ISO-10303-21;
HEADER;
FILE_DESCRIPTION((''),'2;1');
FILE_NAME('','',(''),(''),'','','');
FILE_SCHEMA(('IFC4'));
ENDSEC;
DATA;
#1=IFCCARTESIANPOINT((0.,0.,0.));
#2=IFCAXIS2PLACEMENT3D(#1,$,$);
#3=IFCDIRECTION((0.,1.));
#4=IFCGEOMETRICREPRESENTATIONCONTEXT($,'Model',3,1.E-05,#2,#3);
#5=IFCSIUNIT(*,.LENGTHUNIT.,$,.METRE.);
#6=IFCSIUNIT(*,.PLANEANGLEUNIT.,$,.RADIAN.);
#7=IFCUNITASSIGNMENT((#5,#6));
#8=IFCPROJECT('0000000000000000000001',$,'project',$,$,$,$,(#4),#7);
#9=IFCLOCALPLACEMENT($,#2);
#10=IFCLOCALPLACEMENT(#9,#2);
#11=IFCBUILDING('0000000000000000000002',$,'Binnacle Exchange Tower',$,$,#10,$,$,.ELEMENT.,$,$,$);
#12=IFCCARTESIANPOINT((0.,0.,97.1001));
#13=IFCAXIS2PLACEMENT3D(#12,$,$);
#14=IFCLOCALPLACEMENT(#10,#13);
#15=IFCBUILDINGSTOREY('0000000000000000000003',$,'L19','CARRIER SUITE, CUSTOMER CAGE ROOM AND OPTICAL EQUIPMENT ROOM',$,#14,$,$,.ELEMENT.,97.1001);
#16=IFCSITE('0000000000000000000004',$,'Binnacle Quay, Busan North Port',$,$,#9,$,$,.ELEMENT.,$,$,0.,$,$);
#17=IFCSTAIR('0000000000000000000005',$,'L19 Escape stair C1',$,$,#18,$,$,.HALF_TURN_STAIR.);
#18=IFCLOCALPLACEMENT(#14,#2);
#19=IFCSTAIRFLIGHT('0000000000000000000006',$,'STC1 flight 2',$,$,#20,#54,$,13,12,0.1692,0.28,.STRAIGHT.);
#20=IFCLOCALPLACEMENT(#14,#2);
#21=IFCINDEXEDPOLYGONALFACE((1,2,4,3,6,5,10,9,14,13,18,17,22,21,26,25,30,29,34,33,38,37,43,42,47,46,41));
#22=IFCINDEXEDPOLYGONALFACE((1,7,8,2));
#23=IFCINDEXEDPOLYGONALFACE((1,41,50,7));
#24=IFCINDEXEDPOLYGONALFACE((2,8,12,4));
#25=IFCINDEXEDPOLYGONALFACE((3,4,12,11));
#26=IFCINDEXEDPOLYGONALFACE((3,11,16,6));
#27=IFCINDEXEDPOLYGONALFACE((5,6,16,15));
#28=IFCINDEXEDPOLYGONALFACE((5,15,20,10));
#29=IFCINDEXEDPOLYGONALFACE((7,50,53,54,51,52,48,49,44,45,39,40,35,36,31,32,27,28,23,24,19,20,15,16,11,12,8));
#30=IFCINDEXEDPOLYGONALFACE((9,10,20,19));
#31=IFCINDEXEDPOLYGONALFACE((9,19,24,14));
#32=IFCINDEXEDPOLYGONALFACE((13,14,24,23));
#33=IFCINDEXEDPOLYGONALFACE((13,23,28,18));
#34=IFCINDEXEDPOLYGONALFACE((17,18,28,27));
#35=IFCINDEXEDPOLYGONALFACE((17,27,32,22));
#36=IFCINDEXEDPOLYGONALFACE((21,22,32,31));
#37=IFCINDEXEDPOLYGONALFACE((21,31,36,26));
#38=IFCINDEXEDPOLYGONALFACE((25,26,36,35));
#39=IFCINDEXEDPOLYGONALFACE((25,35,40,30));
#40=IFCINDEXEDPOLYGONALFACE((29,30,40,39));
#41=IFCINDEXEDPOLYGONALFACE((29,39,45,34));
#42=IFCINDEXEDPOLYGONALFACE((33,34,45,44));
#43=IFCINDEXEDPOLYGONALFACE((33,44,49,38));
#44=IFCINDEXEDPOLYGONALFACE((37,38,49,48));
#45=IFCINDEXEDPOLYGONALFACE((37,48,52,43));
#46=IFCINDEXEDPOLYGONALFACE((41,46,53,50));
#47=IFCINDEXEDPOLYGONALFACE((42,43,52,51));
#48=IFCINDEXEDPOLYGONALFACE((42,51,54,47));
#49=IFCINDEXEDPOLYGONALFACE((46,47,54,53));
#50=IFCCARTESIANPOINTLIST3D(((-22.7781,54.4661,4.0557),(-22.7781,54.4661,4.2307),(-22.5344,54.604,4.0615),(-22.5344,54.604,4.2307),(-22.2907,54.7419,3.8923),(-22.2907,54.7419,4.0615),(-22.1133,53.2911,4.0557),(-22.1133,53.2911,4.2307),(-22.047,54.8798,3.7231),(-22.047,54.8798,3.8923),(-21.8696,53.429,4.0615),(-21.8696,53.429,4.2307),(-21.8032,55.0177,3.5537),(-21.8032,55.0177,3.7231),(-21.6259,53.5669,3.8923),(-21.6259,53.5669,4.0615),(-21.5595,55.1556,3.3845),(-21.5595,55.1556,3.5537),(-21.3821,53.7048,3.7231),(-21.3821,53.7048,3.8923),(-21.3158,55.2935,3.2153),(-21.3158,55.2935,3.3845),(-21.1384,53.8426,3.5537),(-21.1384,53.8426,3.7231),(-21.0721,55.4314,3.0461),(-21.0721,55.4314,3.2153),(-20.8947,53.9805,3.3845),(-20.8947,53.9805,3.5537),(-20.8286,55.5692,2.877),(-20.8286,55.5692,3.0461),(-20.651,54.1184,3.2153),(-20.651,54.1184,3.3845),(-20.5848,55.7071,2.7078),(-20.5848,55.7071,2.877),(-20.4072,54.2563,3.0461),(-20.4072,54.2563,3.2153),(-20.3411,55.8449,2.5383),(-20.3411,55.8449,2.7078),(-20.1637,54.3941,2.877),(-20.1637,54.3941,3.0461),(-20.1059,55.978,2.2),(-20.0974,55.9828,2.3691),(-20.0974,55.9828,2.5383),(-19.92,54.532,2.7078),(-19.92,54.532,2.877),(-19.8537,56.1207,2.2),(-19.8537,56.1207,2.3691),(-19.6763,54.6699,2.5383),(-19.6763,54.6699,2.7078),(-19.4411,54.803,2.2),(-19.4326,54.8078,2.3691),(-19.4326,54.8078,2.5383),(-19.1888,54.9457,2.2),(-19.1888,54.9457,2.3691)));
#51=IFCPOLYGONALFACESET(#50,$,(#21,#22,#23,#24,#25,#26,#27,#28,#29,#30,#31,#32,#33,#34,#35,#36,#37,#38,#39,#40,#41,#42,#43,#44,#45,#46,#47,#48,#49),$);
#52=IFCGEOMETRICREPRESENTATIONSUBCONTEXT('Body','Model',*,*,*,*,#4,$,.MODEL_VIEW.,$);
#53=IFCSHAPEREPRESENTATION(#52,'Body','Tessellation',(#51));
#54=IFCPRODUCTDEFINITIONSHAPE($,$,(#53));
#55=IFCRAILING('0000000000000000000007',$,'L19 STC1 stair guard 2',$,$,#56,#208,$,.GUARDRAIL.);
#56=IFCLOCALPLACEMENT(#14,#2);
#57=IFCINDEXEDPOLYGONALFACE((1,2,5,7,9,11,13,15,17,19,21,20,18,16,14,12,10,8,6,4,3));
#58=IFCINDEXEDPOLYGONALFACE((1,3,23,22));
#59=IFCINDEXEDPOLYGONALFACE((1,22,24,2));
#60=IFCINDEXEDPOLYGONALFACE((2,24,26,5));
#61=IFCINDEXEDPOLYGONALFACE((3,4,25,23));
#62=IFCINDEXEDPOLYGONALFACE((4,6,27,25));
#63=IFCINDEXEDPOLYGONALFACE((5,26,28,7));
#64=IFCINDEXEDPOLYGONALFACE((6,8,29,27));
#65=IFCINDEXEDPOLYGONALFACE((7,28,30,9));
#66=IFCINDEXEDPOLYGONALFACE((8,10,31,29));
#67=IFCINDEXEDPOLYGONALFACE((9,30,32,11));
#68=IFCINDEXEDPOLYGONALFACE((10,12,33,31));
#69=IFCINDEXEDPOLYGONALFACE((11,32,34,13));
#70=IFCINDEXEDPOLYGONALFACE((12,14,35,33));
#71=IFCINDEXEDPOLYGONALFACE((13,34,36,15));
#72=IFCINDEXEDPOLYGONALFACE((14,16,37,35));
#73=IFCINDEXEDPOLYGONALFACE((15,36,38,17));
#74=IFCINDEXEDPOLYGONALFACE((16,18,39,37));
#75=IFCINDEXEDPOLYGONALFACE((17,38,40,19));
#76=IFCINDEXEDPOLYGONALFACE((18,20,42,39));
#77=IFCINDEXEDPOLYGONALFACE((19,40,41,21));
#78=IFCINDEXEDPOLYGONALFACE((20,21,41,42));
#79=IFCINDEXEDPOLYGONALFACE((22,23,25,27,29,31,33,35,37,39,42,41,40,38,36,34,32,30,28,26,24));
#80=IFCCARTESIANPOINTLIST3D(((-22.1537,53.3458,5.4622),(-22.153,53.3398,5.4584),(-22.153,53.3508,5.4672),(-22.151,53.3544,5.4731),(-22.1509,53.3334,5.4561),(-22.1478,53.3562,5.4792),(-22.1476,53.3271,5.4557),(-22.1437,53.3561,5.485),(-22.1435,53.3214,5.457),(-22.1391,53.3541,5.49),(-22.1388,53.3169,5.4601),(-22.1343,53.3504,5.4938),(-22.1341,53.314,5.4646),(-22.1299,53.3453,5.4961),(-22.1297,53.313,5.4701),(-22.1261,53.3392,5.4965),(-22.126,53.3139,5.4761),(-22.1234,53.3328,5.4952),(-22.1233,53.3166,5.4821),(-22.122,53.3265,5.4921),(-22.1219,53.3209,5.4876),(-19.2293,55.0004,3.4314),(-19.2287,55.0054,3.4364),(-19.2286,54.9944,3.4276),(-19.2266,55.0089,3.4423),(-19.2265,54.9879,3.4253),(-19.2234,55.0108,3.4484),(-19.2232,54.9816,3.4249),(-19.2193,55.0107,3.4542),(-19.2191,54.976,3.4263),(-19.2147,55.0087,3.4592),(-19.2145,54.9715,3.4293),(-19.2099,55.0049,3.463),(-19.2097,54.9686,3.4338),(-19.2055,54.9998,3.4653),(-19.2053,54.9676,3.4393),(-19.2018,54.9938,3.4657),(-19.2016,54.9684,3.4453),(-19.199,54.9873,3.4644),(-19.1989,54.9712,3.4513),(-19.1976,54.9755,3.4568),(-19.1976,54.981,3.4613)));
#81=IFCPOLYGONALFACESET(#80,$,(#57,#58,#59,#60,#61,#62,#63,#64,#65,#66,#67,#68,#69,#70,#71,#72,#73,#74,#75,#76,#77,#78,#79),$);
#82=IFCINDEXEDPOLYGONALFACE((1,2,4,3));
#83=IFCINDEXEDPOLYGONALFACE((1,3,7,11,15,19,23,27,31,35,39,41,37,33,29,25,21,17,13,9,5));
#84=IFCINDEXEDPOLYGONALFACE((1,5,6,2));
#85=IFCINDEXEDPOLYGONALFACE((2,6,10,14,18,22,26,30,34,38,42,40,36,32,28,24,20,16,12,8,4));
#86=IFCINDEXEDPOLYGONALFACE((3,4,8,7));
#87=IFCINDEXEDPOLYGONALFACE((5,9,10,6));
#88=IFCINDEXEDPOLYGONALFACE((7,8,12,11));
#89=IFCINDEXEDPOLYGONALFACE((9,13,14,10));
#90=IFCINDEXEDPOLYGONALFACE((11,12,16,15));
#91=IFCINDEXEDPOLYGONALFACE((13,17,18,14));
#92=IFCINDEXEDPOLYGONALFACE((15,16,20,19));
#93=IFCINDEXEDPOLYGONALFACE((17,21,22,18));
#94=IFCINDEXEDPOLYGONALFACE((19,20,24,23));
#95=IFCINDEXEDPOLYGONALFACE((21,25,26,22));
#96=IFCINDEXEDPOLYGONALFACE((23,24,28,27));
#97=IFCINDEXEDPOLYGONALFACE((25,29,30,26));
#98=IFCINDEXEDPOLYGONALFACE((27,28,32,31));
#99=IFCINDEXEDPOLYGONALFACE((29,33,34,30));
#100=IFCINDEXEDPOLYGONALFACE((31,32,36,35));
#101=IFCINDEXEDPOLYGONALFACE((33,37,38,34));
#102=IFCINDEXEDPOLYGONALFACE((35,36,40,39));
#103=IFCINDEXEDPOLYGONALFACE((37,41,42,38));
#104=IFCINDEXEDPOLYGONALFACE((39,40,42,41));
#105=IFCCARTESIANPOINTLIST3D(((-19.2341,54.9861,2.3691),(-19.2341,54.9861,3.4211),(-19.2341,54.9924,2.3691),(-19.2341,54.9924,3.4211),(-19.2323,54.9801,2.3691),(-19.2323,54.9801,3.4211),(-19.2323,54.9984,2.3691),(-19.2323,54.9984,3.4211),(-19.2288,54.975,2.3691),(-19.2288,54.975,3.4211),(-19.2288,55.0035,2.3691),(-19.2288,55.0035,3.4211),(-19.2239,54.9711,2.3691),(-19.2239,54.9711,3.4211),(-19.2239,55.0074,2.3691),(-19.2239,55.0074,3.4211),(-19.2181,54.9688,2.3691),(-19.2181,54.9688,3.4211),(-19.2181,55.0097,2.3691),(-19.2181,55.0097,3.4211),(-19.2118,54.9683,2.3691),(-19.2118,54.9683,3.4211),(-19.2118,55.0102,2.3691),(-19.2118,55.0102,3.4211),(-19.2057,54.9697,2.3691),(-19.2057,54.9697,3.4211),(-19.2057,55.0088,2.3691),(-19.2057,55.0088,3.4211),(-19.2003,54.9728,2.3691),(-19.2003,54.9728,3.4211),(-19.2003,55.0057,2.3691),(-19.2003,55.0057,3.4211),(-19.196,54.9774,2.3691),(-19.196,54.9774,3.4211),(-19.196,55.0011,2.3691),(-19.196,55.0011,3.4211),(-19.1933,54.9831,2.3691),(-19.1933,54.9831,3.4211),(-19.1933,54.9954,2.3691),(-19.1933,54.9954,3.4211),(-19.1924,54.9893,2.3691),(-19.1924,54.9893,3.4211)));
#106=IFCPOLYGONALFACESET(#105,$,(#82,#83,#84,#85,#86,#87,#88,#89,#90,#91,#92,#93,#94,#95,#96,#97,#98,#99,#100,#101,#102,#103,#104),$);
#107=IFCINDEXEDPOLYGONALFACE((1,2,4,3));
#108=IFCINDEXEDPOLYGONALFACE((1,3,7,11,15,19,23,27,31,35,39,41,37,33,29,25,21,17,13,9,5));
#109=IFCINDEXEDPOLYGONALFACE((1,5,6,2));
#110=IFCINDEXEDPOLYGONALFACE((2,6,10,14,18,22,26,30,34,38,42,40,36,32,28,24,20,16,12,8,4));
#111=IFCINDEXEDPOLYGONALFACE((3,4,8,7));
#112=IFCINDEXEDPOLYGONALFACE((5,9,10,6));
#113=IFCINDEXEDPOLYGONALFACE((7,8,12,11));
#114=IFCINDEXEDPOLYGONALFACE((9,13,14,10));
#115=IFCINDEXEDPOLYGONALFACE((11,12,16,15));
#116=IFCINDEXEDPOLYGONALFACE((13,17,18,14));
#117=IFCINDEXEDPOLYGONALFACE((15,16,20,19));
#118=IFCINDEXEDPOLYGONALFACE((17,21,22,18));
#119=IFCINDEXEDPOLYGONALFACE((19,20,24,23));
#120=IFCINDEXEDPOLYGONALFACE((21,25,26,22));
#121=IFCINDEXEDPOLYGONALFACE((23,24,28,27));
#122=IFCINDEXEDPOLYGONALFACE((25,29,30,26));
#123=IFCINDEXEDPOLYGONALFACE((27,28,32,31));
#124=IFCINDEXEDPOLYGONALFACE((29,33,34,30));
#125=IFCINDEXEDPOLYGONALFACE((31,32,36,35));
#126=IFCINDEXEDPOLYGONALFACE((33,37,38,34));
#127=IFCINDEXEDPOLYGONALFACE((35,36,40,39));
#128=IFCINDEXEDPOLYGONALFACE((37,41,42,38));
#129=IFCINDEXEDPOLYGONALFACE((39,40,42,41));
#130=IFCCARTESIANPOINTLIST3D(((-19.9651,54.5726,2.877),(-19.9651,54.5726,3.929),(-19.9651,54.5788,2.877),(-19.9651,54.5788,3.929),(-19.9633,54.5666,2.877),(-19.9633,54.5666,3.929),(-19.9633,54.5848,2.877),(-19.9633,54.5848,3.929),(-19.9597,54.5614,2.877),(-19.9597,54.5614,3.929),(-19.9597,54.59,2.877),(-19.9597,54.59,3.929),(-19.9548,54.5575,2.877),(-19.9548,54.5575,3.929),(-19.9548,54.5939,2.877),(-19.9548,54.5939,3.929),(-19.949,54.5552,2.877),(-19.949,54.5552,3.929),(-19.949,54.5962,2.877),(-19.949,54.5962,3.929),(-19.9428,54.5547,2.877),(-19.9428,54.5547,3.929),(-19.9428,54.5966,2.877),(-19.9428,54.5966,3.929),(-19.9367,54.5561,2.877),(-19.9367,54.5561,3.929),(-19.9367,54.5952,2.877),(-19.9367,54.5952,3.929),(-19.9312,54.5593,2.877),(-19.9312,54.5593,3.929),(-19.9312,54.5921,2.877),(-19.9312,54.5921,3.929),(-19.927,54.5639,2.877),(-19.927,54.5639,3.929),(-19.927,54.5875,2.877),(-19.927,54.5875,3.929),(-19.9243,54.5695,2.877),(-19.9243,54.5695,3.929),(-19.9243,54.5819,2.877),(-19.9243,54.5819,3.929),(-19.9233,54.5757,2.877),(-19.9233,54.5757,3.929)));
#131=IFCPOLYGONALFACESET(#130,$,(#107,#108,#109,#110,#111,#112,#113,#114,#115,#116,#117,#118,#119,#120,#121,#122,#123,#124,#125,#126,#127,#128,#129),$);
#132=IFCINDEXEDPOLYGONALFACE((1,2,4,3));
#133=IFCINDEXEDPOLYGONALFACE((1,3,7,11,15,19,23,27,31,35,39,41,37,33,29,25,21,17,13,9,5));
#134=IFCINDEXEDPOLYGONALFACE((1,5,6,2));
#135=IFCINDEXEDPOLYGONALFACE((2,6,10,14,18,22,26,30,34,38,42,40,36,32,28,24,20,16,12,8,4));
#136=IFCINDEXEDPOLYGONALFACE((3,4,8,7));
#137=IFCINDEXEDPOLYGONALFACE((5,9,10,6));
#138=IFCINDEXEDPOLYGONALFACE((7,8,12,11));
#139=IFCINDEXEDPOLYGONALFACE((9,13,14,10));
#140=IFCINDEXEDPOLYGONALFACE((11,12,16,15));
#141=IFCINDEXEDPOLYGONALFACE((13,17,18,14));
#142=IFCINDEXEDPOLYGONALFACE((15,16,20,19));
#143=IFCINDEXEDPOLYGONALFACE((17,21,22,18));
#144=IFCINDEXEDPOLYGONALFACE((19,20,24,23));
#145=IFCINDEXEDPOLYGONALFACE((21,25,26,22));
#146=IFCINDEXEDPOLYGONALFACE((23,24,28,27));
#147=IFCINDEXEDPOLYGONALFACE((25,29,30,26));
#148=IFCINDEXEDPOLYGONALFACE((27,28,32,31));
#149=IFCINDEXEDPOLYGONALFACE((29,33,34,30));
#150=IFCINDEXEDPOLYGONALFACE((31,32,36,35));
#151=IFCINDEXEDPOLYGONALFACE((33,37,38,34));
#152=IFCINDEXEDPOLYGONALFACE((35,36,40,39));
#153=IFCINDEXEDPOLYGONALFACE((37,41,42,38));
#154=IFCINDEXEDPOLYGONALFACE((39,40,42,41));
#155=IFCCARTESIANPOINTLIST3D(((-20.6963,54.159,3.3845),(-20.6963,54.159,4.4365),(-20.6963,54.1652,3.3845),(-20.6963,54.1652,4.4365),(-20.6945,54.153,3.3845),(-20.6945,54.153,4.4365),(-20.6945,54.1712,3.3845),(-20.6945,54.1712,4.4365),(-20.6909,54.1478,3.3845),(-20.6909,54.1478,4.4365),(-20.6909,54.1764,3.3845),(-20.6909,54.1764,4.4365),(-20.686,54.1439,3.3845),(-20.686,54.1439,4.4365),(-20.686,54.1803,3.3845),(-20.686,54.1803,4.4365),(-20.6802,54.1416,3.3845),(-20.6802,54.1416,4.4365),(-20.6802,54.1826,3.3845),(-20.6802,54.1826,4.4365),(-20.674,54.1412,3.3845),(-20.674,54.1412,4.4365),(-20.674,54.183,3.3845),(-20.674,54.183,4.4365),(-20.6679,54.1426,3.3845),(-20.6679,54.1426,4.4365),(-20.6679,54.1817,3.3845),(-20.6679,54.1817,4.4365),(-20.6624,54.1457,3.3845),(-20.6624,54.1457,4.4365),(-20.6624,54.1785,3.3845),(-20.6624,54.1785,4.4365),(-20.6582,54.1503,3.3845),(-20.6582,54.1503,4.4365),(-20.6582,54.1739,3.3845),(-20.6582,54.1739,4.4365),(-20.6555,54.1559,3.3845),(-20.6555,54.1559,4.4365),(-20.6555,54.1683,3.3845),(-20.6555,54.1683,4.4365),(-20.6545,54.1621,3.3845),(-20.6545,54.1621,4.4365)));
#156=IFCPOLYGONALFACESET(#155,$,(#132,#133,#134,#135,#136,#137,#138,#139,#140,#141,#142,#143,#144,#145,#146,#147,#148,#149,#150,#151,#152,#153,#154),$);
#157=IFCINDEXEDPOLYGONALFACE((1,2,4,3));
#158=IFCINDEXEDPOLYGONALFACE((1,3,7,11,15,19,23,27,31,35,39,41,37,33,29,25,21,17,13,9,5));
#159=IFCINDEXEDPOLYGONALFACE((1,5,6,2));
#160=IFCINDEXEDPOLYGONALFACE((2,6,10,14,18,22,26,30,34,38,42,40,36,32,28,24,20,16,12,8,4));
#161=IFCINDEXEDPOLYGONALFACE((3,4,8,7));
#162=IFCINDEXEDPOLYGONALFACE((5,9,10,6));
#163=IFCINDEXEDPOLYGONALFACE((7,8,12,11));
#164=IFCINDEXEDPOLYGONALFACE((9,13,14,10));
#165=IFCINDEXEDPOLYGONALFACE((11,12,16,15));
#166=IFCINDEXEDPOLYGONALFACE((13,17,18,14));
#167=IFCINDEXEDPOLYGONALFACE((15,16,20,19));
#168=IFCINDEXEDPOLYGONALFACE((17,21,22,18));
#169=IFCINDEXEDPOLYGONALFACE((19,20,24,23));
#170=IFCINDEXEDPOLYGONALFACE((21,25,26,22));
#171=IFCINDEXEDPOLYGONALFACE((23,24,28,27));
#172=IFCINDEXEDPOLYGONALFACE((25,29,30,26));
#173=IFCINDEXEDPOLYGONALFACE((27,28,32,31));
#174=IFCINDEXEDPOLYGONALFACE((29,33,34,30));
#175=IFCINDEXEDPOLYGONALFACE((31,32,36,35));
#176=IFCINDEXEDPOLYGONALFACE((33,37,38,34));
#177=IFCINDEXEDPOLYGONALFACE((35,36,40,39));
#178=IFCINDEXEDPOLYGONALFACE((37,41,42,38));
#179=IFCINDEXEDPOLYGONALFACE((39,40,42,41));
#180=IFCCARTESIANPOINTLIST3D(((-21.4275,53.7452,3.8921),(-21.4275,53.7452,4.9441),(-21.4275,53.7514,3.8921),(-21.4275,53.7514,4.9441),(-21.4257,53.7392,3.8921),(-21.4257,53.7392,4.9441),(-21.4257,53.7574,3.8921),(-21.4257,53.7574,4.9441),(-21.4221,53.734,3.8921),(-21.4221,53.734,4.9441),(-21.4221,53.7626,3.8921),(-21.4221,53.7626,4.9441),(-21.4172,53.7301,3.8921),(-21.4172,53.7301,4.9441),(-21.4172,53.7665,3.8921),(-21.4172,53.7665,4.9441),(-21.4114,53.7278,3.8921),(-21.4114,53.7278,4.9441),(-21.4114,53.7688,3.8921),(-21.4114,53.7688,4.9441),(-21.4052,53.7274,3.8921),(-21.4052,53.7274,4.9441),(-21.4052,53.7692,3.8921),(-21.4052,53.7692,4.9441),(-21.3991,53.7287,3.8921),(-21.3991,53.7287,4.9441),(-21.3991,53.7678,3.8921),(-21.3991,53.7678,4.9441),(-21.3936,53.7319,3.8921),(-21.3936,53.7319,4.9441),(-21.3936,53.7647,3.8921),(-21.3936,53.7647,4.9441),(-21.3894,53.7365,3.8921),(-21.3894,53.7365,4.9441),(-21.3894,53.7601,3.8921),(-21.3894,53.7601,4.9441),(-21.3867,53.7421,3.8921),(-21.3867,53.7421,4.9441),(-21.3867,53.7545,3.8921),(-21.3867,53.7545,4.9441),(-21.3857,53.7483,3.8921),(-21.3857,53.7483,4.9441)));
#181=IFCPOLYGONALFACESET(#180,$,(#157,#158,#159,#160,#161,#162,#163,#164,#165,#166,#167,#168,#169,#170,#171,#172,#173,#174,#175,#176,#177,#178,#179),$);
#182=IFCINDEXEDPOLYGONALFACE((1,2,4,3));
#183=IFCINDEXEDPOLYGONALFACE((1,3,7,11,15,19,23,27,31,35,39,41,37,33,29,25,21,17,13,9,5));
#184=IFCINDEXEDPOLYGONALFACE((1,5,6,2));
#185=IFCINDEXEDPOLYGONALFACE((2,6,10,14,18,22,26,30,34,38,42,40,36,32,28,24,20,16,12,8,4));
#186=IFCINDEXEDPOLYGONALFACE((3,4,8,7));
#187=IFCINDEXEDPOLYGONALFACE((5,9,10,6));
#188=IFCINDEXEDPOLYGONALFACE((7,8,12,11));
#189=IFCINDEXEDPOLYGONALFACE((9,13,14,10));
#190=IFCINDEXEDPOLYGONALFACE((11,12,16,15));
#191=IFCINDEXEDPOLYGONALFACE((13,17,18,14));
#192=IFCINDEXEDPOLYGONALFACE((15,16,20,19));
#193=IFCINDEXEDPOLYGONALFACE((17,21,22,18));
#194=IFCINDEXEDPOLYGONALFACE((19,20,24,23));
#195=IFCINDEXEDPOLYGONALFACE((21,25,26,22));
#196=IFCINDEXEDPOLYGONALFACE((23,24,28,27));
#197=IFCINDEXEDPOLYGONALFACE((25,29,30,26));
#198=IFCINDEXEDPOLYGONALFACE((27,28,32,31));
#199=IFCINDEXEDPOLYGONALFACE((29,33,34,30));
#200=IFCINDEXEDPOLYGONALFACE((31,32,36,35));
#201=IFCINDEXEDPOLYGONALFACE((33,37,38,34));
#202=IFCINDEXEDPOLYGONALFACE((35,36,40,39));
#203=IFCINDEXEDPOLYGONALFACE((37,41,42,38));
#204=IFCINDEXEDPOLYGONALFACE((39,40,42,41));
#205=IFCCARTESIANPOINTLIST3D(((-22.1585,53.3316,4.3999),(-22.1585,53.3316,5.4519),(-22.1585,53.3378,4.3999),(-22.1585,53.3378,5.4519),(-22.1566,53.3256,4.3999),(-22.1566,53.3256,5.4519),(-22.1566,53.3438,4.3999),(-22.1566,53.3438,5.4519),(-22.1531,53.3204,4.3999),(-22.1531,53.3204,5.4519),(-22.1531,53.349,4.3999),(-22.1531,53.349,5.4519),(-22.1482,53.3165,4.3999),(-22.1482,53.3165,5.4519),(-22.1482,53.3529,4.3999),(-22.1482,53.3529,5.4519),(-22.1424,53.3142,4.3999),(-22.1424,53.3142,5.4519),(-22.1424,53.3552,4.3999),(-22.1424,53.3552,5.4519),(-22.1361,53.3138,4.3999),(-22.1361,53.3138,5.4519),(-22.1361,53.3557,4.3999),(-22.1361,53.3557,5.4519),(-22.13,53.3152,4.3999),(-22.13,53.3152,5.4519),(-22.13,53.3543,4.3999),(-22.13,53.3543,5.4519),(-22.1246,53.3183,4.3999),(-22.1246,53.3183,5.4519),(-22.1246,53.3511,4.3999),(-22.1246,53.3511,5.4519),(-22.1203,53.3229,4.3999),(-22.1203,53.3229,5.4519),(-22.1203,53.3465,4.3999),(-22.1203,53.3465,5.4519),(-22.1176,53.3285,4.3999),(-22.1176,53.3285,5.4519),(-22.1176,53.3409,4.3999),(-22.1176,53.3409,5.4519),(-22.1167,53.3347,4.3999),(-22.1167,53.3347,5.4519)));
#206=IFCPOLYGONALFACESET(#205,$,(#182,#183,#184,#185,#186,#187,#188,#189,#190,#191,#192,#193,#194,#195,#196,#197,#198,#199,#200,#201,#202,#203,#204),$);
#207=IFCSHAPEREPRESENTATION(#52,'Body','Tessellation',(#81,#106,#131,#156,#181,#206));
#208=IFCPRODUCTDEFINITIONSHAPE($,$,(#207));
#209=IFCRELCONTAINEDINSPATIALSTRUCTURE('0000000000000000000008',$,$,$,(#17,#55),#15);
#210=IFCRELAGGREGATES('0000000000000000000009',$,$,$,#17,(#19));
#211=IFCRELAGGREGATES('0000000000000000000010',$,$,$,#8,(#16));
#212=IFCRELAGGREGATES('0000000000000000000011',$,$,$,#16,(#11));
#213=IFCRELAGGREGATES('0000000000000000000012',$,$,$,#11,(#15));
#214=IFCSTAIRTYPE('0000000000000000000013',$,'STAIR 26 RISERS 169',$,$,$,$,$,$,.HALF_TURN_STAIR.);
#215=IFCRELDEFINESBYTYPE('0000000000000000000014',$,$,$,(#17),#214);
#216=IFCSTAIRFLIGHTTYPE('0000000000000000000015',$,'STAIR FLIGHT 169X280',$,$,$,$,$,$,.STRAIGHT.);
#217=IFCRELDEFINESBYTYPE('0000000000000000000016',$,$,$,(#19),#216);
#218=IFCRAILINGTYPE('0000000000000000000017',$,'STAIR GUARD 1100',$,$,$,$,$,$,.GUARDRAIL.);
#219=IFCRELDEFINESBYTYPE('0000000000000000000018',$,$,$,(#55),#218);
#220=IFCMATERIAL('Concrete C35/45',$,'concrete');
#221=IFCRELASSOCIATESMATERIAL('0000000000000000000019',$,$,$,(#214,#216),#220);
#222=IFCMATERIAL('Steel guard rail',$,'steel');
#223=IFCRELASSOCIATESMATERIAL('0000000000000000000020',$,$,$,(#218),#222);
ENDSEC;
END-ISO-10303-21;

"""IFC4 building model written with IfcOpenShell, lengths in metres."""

from ifc_helpers import new_model, si_unit, direction, frame, origin, origin_2d, place, context, subcontext, project, spatial, polyline, circle, outline, extrude, material, type_object, element, aggregate, save


model = new_model("IFC4")

# Units and contexts
model_context = context("Model", 3, precision=1e-05, world=origin(), true_north=direction((0.0, 1.0)))
body_context = subcontext(model_context, "Body", "Model", "MODEL_VIEW")
ifc_project = project(units=[si_unit("LENGTHUNIT", "METRE"), si_unit("PLANEANGLEUNIT", "RADIAN")], contexts=[model_context])

# Site, building, storey
site_placement = place(None, origin())
site = spatial("IfcSite", under=ifc_project, at=site_placement, Name="Binnacle Quay, Busan North Port", CompositionType="ELEMENT", RefElevation=0.0)
building_placement = place(site_placement, origin())
building = spatial("IfcBuilding", under=site, at=building_placement, Name="Binnacle Exchange Tower", CompositionType="ELEMENT")
storey_placement = place(building_placement, frame((0.0, 0.0, 97.1001)))
storey = spatial("IfcBuildingStorey", under=building, at=storey_placement, Name="L19", Description="CARRIER SUITE, CUSTOMER CAGE ROOM AND OPTICAL EQUIPMENT ROOM", CompositionType="ELEMENT", Elevation=97.1001)

# Stair, stair flight
ifc_material_1 = material(Name="Concrete C35/45", Category="concrete")
stair_type = type_object("IfcStairType", Name="STAIR 26 RISERS 169", PredefinedType="HALF_TURN_STAIR", material=ifc_material_1)
stair_placement = place(storey_placement, origin())
stair = element("IfcStair", 1, at=stair_placement, inside=storey, type_object=stair_type, Name="L19 Escape stair C1", PredefinedType="HALF_TURN_STAIR")
stair_flight_type = type_object("IfcStairFlightType", Name="STAIR FLIGHT 169X280", PredefinedType="STRAIGHT", material=ifc_material_1)
stair_flight_placement = place(storey_placement, frame((-19.5212, 55.5332, 2.2), z_axis=(0.0, 0.0, 1.0), x_axis=(-0.870356, -0.492424, 0.0)))
stair_flight = element("IfcStairFlight", 2, at=stair_flight_placement, type_object=stair_flight_type, Name="STC1 flight 2", NumberOfRisers=13, NumberOfTreads=12, PredefinedType="STRAIGHT", RiserHeight=0.1692, TreadLength=0.28, context=body_context, shape_type="SweptSolid", body=[
    extrude(outline(polyline([(0.0, 0.0), (0.0, 0.1692), (0.28, 0.1692), (0.28, 0.3384), (0.5601, 0.3384), (0.5601, 0.5078), (0.8401, 0.5078), (0.8401, 0.677), (1.1201, 0.677), (1.1201, 0.8462), (1.3999, 0.8462), (1.3999, 1.0154), (1.6799, 1.0154), (1.6799, 1.1846), (1.96, 1.1846), (1.96, 1.3538), (2.24, 1.3538), (2.24, 1.5232), (2.52, 1.5232), (2.52, 1.6924), (2.8, 1.6924), (2.8, 1.8616), (3.0801, 1.8616), (3.0801, 2.0308), (3.3601, 2.0308), (3.3601, 2.2), (3.3601, 1.8557), (0.2898, 0.0), (0.0, 0.0)])), frame((0.0, 0.675, 0.0), z_axis=(0.0, -1.0, 0.0), x_axis=(1.0, 0.0, 0.0)), (0.0, 0.0, 1.0), 1.3501),
])
aggregate(stair, [stair_flight])

# Railing
ifc_material_2 = material(Name="Steel guard rail", Category="steel")
railing_type = type_object("IfcRailingType", Name="STAIR GUARD 1100", PredefinedType="GUARDRAIL", material=ifc_material_2)
railing_1_placement = place(storey_placement, frame((-19.2134, 54.9893, 2.3691)))
element("IfcRailing", 3, at=railing_1_placement, inside=storey, type_object=railing_type, Name="L19 STC1 stair guard 2", PredefinedType="GUARDRAIL", context=body_context, shape_type="SweptSolid", body=[
    extrude(circle(Radius=0.0239, at=origin_2d()), frame((0.0, 0.0, 1.0762), z_axis=(-0.744867, -0.421437, 0.517266), x_axis=(0.492433, -0.87035, 0.0)), (0.0, 0.0, 1.0), 3.926),
    extrude(circle(Radius=0.021, at=origin_2d()), origin(), (0.0, 0.0, 1.0), 1.052),
    extrude(circle(Radius=0.021, at=origin_2d()), frame((-0.731, -0.4136, 0.5078)), (0.0, 0.0, 1.0), 1.052),
    extrude(circle(Radius=0.021, at=origin_2d()), frame((-1.4622, -0.8271, 1.0154)), (0.0, 0.0, 1.0), 1.052),
    extrude(circle(Radius=0.021, at=origin_2d()), frame((-2.1934, -1.241, 1.5229)), (0.0, 0.0, 1.0), 1.052),
    extrude(circle(Radius=0.021, at=origin_2d()), frame((-2.9243, -1.6545, 2.0308)), (0.0, 0.0, 1.0), 1.052),
])

save(model, "model.ifc")
